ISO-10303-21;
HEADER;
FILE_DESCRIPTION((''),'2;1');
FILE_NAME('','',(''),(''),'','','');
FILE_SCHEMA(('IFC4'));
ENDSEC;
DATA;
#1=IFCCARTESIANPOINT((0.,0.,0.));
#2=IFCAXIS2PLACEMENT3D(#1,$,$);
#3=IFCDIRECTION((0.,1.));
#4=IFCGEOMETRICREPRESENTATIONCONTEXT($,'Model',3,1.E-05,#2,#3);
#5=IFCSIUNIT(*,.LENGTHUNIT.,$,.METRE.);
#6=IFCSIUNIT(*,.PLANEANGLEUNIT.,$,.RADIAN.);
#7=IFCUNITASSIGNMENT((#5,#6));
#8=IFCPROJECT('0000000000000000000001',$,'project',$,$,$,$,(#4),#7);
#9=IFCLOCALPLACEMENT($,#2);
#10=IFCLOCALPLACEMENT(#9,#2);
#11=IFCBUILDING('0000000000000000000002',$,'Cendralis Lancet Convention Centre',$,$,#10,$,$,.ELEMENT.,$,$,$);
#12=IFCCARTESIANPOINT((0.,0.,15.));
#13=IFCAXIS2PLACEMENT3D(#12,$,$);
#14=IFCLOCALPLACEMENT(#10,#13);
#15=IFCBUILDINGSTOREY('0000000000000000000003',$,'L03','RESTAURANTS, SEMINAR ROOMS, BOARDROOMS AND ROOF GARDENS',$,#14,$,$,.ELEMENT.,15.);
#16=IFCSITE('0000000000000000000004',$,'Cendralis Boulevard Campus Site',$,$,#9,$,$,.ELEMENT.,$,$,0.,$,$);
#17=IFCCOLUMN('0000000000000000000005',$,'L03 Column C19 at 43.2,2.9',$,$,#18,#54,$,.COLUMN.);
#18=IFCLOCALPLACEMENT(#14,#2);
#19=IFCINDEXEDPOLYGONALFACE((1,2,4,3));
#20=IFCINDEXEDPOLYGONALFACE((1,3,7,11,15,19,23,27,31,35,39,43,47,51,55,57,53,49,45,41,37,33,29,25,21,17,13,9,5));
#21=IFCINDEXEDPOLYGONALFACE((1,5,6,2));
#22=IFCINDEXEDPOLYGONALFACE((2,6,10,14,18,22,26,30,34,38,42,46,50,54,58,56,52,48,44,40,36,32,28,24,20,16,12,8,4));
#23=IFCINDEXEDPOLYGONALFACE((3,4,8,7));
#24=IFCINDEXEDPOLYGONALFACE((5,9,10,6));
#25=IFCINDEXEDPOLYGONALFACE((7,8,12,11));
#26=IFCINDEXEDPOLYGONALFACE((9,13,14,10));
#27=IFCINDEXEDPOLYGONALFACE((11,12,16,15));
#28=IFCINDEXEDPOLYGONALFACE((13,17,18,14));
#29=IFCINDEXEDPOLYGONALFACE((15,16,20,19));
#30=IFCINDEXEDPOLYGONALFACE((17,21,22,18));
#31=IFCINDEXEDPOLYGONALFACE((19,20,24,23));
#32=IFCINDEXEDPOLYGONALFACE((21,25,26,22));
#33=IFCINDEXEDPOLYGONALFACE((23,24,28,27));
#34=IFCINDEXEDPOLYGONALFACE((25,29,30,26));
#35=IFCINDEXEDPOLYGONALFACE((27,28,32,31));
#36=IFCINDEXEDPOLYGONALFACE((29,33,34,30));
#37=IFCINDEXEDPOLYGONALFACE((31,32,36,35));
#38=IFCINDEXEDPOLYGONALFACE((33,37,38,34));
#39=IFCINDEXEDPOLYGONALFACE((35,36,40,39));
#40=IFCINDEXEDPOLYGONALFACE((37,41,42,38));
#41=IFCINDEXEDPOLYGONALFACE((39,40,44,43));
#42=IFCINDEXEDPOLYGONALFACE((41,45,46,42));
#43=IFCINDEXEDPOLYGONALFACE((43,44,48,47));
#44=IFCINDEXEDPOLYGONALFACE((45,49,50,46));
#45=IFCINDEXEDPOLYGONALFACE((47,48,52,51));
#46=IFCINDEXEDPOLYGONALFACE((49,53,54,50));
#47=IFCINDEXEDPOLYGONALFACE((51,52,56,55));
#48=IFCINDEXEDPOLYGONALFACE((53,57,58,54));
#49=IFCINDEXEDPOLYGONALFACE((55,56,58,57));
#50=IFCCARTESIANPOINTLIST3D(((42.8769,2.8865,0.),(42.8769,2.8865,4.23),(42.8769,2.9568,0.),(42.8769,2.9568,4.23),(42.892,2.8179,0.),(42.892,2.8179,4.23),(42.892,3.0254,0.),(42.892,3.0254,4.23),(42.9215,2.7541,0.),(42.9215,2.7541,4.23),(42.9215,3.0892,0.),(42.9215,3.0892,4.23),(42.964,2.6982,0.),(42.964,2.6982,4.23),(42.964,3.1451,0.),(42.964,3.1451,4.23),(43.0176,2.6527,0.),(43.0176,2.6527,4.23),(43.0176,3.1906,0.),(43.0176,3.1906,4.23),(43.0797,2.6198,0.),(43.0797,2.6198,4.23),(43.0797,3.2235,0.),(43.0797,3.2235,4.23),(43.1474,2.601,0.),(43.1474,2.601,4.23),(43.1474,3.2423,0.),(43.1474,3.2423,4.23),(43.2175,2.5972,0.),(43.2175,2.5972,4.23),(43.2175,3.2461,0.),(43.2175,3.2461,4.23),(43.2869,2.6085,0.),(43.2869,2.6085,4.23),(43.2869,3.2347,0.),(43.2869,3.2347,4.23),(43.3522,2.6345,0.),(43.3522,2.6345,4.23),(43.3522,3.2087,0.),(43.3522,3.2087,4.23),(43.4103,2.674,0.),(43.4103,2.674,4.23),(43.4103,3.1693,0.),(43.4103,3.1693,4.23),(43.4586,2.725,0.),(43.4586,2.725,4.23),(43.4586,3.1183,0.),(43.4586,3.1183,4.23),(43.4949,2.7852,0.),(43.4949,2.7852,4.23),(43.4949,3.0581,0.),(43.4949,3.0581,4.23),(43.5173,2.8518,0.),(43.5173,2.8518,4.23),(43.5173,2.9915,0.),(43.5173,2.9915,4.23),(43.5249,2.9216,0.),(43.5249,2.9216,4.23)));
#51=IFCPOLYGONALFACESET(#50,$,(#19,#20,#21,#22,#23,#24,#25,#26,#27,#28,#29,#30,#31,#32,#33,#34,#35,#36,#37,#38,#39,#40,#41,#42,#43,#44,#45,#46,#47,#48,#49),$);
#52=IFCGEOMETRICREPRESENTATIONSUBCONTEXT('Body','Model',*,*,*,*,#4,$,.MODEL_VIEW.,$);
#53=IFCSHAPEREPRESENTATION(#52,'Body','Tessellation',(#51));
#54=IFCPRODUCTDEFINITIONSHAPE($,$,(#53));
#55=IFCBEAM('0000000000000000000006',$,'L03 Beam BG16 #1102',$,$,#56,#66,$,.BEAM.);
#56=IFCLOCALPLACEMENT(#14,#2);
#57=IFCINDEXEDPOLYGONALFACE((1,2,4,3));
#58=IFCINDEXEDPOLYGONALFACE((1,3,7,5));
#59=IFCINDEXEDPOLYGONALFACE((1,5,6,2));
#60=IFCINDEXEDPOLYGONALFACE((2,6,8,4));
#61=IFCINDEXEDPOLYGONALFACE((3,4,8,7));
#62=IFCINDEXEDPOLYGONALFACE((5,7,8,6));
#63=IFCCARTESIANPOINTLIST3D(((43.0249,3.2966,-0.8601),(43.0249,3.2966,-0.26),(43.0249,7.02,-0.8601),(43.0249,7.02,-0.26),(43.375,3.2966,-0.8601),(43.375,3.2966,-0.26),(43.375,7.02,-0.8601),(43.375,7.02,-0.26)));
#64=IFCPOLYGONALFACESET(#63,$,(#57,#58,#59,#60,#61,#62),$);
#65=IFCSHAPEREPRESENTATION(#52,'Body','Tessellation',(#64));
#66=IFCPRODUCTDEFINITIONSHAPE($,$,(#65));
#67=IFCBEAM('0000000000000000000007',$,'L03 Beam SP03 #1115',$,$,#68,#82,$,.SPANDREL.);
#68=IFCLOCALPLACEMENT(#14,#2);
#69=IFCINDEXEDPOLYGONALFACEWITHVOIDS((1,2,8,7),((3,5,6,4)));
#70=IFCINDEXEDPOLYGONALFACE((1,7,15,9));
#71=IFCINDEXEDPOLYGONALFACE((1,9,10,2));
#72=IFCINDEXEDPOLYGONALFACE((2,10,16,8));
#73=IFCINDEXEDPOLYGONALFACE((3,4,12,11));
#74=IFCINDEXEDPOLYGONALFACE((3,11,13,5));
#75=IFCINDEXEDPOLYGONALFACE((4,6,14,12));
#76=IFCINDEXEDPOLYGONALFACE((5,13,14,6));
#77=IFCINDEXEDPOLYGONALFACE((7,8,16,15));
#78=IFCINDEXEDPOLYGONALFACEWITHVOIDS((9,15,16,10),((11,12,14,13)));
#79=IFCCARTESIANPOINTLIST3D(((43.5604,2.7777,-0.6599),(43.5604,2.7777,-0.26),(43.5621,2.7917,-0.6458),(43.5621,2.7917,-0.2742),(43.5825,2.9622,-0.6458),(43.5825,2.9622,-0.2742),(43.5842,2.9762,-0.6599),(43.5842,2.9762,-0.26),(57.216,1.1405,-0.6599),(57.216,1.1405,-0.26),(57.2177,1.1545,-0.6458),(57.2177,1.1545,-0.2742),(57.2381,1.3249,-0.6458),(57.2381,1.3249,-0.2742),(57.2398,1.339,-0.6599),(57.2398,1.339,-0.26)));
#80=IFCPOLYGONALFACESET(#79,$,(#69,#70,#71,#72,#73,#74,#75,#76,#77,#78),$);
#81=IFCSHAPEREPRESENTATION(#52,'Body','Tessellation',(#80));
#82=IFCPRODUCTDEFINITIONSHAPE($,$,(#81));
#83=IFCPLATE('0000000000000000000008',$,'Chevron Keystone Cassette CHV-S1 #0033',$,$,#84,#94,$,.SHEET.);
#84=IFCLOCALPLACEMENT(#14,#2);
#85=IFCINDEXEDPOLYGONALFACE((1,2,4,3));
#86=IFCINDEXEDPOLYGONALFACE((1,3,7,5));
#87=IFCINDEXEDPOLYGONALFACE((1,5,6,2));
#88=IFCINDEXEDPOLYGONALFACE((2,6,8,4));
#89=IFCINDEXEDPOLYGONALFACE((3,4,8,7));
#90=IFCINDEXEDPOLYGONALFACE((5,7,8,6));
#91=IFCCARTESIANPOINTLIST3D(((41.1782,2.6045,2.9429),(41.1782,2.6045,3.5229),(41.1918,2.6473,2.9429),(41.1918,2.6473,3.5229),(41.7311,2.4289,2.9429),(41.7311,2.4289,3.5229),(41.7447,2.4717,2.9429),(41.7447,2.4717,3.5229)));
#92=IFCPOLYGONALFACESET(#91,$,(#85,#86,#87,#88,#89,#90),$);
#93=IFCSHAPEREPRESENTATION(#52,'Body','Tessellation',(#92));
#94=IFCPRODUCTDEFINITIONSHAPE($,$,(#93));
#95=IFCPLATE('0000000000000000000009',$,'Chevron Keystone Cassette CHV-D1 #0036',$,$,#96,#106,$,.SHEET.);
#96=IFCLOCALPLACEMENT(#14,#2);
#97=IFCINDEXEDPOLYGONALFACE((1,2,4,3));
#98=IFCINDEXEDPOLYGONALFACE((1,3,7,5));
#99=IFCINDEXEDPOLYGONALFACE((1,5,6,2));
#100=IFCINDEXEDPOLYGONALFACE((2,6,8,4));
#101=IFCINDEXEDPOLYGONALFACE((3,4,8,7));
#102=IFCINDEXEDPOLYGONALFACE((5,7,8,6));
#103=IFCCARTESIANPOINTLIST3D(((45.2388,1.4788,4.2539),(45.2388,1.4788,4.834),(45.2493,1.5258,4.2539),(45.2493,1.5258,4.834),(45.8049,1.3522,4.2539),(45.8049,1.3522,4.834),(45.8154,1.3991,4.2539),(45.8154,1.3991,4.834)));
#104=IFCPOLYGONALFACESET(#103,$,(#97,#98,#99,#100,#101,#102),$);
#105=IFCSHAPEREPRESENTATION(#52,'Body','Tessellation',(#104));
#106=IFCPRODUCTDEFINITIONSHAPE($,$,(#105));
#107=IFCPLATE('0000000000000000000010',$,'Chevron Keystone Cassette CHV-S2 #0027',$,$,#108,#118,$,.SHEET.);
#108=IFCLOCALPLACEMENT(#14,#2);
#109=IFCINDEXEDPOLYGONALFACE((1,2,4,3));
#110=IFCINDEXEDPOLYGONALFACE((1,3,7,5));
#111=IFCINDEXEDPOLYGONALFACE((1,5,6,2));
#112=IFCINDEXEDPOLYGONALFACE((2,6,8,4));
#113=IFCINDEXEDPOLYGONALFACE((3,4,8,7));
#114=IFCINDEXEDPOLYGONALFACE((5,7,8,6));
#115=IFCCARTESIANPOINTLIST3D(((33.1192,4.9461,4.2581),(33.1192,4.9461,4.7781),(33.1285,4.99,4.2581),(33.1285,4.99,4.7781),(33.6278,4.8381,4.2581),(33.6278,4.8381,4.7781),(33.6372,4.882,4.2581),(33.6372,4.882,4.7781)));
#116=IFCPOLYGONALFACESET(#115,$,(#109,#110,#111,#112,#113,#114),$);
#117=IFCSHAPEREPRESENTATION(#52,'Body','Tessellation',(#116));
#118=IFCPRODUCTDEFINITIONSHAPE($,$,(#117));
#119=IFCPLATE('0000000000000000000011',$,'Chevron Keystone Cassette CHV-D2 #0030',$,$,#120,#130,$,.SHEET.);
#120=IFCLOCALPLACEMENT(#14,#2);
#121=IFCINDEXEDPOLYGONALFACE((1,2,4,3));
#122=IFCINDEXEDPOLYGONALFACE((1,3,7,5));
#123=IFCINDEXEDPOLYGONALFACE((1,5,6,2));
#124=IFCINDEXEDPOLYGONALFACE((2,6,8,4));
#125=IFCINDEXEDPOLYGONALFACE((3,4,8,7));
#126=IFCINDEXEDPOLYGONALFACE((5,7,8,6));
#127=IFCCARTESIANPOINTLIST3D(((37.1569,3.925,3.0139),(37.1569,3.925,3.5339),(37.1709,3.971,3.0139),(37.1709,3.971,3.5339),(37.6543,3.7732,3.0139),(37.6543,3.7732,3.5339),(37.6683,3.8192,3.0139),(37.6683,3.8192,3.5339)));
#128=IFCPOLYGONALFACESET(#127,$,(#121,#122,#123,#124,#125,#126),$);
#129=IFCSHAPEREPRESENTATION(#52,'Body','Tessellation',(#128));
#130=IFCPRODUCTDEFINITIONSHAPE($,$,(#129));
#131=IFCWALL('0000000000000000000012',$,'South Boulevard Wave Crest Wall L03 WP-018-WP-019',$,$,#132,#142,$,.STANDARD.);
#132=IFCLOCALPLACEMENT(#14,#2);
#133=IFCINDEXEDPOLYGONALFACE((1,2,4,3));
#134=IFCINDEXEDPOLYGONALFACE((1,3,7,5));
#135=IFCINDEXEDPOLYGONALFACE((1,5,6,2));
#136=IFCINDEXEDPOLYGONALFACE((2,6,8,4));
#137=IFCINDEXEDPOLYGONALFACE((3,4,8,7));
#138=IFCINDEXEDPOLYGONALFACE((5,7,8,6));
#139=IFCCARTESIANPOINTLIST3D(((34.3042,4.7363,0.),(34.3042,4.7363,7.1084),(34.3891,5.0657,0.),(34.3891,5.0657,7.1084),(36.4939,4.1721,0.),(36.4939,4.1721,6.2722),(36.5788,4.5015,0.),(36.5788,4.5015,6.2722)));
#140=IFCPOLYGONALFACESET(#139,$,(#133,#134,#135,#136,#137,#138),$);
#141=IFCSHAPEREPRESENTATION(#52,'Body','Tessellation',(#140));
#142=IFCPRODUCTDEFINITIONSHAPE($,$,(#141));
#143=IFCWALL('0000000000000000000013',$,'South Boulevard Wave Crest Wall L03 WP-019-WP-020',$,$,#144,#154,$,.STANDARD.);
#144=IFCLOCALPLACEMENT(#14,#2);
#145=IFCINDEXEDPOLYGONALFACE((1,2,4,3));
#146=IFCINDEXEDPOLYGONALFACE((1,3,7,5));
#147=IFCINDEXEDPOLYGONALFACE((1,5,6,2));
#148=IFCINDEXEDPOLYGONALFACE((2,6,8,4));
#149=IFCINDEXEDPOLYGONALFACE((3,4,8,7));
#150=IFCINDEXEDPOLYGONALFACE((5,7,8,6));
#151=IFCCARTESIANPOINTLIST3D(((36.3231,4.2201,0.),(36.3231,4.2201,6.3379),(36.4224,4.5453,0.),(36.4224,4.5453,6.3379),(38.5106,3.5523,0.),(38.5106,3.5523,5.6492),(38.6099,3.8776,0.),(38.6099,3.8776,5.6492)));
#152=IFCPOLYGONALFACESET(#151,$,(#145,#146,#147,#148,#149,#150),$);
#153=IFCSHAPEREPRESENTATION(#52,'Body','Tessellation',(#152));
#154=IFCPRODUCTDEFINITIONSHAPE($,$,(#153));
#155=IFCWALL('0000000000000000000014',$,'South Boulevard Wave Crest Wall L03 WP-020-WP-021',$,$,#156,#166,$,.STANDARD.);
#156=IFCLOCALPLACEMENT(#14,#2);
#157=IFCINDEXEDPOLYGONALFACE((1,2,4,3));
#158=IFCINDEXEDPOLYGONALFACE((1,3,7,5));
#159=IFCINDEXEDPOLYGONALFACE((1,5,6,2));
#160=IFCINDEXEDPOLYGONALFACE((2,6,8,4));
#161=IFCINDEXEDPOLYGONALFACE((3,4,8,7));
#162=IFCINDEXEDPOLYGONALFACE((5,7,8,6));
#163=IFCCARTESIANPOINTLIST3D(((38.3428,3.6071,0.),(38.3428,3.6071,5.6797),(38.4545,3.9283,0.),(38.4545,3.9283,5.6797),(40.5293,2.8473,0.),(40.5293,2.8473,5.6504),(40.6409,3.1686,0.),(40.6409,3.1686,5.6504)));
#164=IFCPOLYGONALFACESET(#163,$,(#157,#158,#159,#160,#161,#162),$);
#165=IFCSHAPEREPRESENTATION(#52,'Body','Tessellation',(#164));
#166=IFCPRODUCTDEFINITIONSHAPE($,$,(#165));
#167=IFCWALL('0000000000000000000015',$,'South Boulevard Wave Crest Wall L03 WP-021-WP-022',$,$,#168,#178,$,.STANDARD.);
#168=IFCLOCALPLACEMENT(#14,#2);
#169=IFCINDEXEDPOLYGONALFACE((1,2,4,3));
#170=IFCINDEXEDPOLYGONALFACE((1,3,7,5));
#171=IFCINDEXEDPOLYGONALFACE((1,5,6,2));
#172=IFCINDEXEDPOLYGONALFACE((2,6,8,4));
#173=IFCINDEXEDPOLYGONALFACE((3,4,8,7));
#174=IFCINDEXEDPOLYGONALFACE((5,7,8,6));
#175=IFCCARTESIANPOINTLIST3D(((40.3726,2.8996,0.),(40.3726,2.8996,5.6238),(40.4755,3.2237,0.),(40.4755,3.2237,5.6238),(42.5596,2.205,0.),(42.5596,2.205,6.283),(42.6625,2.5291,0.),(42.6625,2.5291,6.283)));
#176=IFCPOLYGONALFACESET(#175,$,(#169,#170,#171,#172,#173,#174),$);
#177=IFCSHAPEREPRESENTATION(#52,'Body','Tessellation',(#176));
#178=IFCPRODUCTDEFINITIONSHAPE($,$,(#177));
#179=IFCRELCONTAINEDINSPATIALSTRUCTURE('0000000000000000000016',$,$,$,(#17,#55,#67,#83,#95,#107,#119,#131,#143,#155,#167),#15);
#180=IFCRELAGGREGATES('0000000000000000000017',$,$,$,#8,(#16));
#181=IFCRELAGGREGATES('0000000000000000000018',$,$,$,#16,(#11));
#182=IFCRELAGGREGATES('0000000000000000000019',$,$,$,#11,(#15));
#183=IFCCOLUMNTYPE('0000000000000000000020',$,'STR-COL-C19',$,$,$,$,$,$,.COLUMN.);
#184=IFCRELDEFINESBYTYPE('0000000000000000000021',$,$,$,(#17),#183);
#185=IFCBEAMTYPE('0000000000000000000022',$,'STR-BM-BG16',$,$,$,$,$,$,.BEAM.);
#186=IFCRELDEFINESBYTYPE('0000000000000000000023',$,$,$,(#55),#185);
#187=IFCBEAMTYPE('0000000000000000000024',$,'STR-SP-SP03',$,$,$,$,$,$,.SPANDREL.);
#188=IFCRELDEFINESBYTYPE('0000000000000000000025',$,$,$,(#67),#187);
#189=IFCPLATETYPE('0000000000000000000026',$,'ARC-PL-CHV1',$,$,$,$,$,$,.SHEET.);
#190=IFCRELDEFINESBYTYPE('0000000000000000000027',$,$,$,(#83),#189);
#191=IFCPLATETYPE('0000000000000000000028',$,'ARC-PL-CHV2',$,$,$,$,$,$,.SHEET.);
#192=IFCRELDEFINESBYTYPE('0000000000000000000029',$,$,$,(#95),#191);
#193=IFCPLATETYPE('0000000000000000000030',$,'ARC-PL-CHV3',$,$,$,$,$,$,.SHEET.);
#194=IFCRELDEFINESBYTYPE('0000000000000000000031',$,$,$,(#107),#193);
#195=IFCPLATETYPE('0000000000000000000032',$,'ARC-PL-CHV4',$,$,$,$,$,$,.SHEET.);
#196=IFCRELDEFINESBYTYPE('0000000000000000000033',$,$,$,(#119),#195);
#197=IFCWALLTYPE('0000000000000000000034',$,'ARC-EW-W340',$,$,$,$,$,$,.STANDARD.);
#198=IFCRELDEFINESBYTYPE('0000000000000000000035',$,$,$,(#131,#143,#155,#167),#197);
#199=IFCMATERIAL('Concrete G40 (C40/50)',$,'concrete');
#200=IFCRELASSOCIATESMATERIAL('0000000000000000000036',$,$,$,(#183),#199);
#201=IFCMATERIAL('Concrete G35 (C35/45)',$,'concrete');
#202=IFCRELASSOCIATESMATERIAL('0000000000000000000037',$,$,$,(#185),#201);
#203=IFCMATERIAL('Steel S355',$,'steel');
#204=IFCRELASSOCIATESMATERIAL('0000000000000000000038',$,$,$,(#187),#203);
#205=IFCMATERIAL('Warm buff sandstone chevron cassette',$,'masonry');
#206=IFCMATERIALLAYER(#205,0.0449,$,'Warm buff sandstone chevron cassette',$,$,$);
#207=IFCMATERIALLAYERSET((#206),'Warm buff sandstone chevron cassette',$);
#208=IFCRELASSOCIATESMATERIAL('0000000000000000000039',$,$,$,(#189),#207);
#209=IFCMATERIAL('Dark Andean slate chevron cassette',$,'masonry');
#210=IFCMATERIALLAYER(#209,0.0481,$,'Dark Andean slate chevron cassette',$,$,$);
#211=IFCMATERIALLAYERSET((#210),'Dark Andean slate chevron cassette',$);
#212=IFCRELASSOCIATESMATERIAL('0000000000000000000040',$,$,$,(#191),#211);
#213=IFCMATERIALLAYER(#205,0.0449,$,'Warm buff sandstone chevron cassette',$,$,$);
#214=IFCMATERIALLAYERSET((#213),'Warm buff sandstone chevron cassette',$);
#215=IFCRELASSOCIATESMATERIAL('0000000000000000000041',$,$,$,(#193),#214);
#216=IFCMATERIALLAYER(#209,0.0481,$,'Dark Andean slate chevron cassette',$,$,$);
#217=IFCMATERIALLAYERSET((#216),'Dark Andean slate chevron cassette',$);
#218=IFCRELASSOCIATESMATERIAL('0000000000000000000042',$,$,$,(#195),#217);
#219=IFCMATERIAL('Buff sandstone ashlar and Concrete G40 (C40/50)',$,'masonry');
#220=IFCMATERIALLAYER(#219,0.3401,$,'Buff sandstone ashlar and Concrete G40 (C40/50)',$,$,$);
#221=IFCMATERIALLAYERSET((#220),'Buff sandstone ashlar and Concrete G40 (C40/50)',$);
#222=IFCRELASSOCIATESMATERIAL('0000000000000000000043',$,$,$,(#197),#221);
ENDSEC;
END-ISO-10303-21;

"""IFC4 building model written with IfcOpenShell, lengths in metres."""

from ifc_helpers import new_model, si_unit, direction, frame, origin, origin_2d, place, context, subcontext, project, spatial, polyline, rectangle, hollow_rectangle, circle, outline, extrude, material, layer, layer_set, material_profile, profile_set, type_object, element, save


model = new_model("IFC4")

# Units and contexts
model_context = context("Model", 3, precision=1e-05, world=origin(), true_north=direction((0.0, 1.0)))
body_context = subcontext(model_context, "Body", "Model", "MODEL_VIEW")
ifc_project = project(units=[si_unit("LENGTHUNIT", "METRE"), si_unit("PLANEANGLEUNIT", "RADIAN")], contexts=[model_context])

# Site, building, storey
site_placement = place(None, origin())
site = spatial("IfcSite", under=ifc_project, at=site_placement, Name="Cendralis Boulevard Campus Site", CompositionType="ELEMENT", RefElevation=0.0)
building_placement = place(site_placement, origin())
building = spatial("IfcBuilding", under=site, at=building_placement, Name="Cendralis Lancet Convention Centre", CompositionType="ELEMENT")
storey_placement = place(building_placement, frame((0.0, 0.0, 15.0)))
storey = spatial("IfcBuildingStorey", under=building, at=storey_placement, Name="L03", Description="RESTAURANTS, SEMINAR ROOMS, BOARDROOMS AND ROOF GARDENS", CompositionType="ELEMENT", Elevation=15.0)

# Column
ifc_material_1 = material(Name="Concrete G40 (C40/50)", Category="concrete")
ifc_material_profile_1 = material_profile(ifc_material_1, circle(Radius=0.325, at=origin_2d()), Name="RC D650")
ifc_profile_set_1 = profile_set([ifc_material_profile_1], Name="Concrete G40 (C40/50)")
column_type = type_object("IfcColumnType", Name="STR-COL-C19", PredefinedType="COLUMN", material=ifc_profile_set_1)
column_placement = place(storey_placement, frame((43.2, 2.9216, 0.0), z_axis=(0.0, 0.0, 1.0), x_axis=(1.0, 0.0, 0.0)))
element("IfcColumn", 1, at=column_placement, inside=storey, type_object=column_type, Name="L03 Column C19 at 43.2,2.9", PredefinedType="COLUMN", context=body_context, shape_type="SweptSolid", body=[
    extrude(circle(Radius=0.325, at=origin_2d()), origin(), (0.0, 0.0, 1.0), 4.23),
])

# Beams
ifc_material_2 = material(Name="Concrete G35 (C35/45)", Category="concrete")
ifc_material_profile_2 = material_profile(ifc_material_2, rectangle(XDim=0.3501, YDim=0.6001, at=origin_2d()), Name="RCB 350x600")
ifc_profile_set_2 = profile_set([ifc_material_profile_2], Name="Concrete G35 (C35/45)")
beam_type_1 = type_object("IfcBeamType", Name="STR-BM-BG16", PredefinedType="BEAM", material=ifc_profile_set_2)
beam_1_placement = place(storey_placement, frame((43.2, 3.2966, -0.5601), z_axis=(0.0, 1.0, 0.0), x_axis=(-1.0, 0.0, 0.0)))
element("IfcBeam", 2, at=beam_1_placement, inside=storey, type_object=beam_type_1, Name="L03 Beam BG16 #1102", PredefinedType="BEAM", context=body_context, shape_type="SweptSolid", body=[
    extrude(rectangle(XDim=0.3501, YDim=0.6001, at=origin_2d()), origin(), (0.0, 0.0, 1.0), 3.7234),
])
ifc_material_3 = material(Name="Steel S355", Category="steel")
ifc_material_profile_3 = material_profile(ifc_material_3, hollow_rectangle(XDim=0.2, YDim=0.3999, WallThickness=0.0142, at=origin_2d()), Name="RHS 400x200x14.2")
ifc_profile_set_3 = profile_set([ifc_material_profile_3], Name="Steel S355")
beam_type_2 = type_object("IfcBeamType", Name="STR-SP-SP03", PredefinedType="SPANDREL", material=ifc_profile_set_3)
beam_2_placement = place(storey_placement, frame((43.5723, 2.877, -0.46), z_axis=(0.992889, -0.119041, 0.0), x_axis=(0.119041, 0.992889, 0.0)))
element("IfcBeam", 3, at=beam_2_placement, inside=storey, type_object=beam_type_2, Name="L03 Beam SP03 #1115", PredefinedType="SPANDREL", context=body_context, shape_type="SweptSolid", body=[
    extrude(hollow_rectangle(XDim=0.2, YDim=0.3999, WallThickness=0.0142, at=origin_2d()), origin(), (0.0, 0.0, 1.0), 13.7534),
])

# Plates
ifc_material_4 = material(Name="Warm buff sandstone chevron cassette", Category="masonry")
ifc_layer_1 = layer(ifc_material_4, 0.0449, Name="Warm buff sandstone chevron cassette")
ifc_layer_set_1 = layer_set([ifc_layer_1], Name="Warm buff sandstone chevron cassette")
plate_type_1 = type_object("IfcPlateType", Name="ARC-PL-CHV1", PredefinedType="SHEET", material=ifc_layer_set_1)
plate_1_placement = place(storey_placement, frame((41.4614, 2.5381, 2.9429), z_axis=(0.0, 0.0, 1.0), x_axis=(0.953106, -0.302636, 0.0)))
element("IfcPlate", 4, at=plate_1_placement, inside=storey, type_object=plate_type_1, Name="Chevron Keystone Cassette CHV-S1 #0033", PredefinedType="SHEET", context=body_context, shape_type="SweptSolid", body=[
    extrude(rectangle(XDim=0.5801, YDim=0.0449, at=origin_2d()), origin(), (0.0, 0.0, 1.0), 0.5801),
])
ifc_material_5 = material(Name="Dark Andean slate chevron cassette", Category="masonry")
ifc_layer_2 = layer(ifc_material_5, 0.0481, Name="Dark Andean slate chevron cassette")
ifc_layer_set_2 = layer_set([ifc_layer_2], Name="Dark Andean slate chevron cassette")
plate_type_2 = type_object("IfcPlateType", Name="ARC-PL-CHV2", PredefinedType="SHEET", material=ifc_layer_set_2)
plate_2_placement = place(storey_placement, frame((45.5271, 1.439, 4.2539), z_axis=(0.0, 0.0, 1.0), x_axis=(0.975879, -0.218314, 0.0)))
element("IfcPlate", 5, at=plate_2_placement, inside=storey, type_object=plate_type_2, Name="Chevron Keystone Cassette CHV-D1 #0036", PredefinedType="SHEET", context=body_context, shape_type="SweptSolid", body=[
    extrude(rectangle(XDim=0.5801, YDim=0.0481, at=origin_2d()), origin(), (0.0, 0.0, 1.0), 0.5801),
])
ifc_layer_3 = layer(ifc_material_4, 0.0449, Name="Warm buff sandstone chevron cassette")
ifc_layer_set_3 = layer_set([ifc_layer_3], Name="Warm buff sandstone chevron cassette")
plate_type_3 = type_object("IfcPlateType", Name="ARC-PL-CHV3", PredefinedType="SHEET", material=ifc_layer_set_3)
plate_3_placement = place(storey_placement, frame((33.3782, 4.9141, 4.2581), z_axis=(0.0, 0.0, 1.0), x_axis=(0.978191, -0.207707, 0.0)))
element("IfcPlate", 6, at=plate_3_placement, inside=storey, type_object=plate_type_3, Name="Chevron Keystone Cassette CHV-S2 #0027", PredefinedType="SHEET", context=body_context, shape_type="SweptSolid", body=[
    extrude(rectangle(XDim=0.52, YDim=0.0449, at=origin_2d()), origin(), (0.0, 0.0, 1.0), 0.52),
])
ifc_layer_4 = layer(ifc_material_5, 0.0481, Name="Dark Andean slate chevron cassette")
ifc_layer_set_4 = layer_set([ifc_layer_4], Name="Dark Andean slate chevron cassette")
plate_type_4 = type_object("IfcPlateType", Name="ARC-PL-CHV4", PredefinedType="SHEET", material=ifc_layer_set_4)
plate_4_placement = place(storey_placement, frame((37.4126, 3.8721, 3.0139), z_axis=(0.0, 0.0, 1.0), x_axis=(0.956453, -0.291888, 0.0)))
element("IfcPlate", 7, at=plate_4_placement, inside=storey, type_object=plate_type_4, Name="Chevron Keystone Cassette CHV-D2 #0030", PredefinedType="SHEET", context=body_context, shape_type="SweptSolid", body=[
    extrude(rectangle(XDim=0.52, YDim=0.0481, at=origin_2d()), origin(), (0.0, 0.0, 1.0), 0.52),
])

# Walls
ifc_material_6 = material(Name="Buff sandstone ashlar and Concrete G40 (C40/50)", Category="masonry")
ifc_layer_5 = layer(ifc_material_6, 0.3401, Name="Buff sandstone ashlar and Concrete G40 (C40/50)")
ifc_layer_set_5 = layer_set([ifc_layer_5], Name="Buff sandstone ashlar and Concrete G40 (C40/50)")
wall_type_1 = type_object("IfcWallType", Name="ARC-EW-W340", PredefinedType="STANDARD", material=ifc_layer_set_5)
wall_1_placement = place(storey_placement, frame((34.3467, 4.9011, 0.0), z_axis=(0.0, 0.0, 1.0), x_axis=(0.968371, -0.249516, 0.0)))
element("IfcWall", 8, at=wall_1_placement, inside=storey, type_object=wall_type_1, Name="South Boulevard Wave Crest Wall L03 WP-018-WP-019", PredefinedType="STANDARD", context=body_context, shape_type="SweptSolid", body=[
    extrude(outline(polyline([(0.0, 0.0), (2.2612, 0.0), (2.2612, 6.2722), (0.0, 7.1084), (0.0, 0.0)])), frame((0.0, 0.1699, 0.0), z_axis=(0.0, -1.0, 0.0), x_axis=(1.0, 0.0, 0.0)), (0.0, 0.0, 1.0), 0.3401),
])
wall_2_placement = place(storey_placement, frame((36.3728, 4.3828, 0.0), z_axis=(0.0, 0.0, 1.0), x_axis=(0.956434, -0.291947, 0.0)))
element("IfcWall", 9, at=wall_2_placement, inside=storey, type_object=wall_type_1, Name="South Boulevard Wave Crest Wall L03 WP-019-WP-020", PredefinedType="STANDARD", context=body_context, shape_type="SweptSolid", body=[
    extrude(outline(polyline([(0.0, 0.0), (2.2871, 0.0), (2.2871, 5.6492), (0.0, 6.3379), (0.0, 0.0)])), frame((0.0, 0.1699, 0.0), z_axis=(0.0, -1.0, 0.0), x_axis=(1.0, 0.0, 0.0)), (0.0, 0.0, 1.0), 0.3401),
])
wall_3_placement = place(storey_placement, frame((38.3987, 3.7678, 0.0), z_axis=(0.0, 0.0, 1.0), x_axis=(0.944599, -0.328226, 0.0)))
element("IfcWall", 10, at=wall_3_placement, inside=storey, type_object=wall_type_1, Name="South Boulevard Wave Crest Wall L03 WP-020-WP-021", PredefinedType="STANDARD", context=body_context, shape_type="SweptSolid", body=[
    extrude(outline(polyline([(0.0, 0.0), (2.3147, 0.0), (2.3147, 5.6504), (0.0, 5.6797), (0.0, 0.0)])), frame((0.0, 0.1699, 0.0), z_axis=(0.0, -1.0, 0.0), x_axis=(1.0, 0.0, 0.0)), (0.0, 0.0, 1.0), 0.3401),
])
wall_4_placement = place(storey_placement, frame((40.4241, 3.0618, 0.0), z_axis=(0.0, 0.0, 1.0), x_axis=(0.953088, -0.302694, 0.0)))
element("IfcWall", 11, at=wall_4_placement, inside=storey, type_object=wall_type_1, Name="South Boulevard Wave Crest Wall L03 WP-021-WP-022", PredefinedType="STANDARD", context=body_context, shape_type="SweptSolid", body=[
    extrude(outline(polyline([(0.0, 0.0), (2.2947, 0.0), (2.2947, 6.283), (0.0, 5.6238), (0.0, 0.0)])), frame((0.0, 0.1699, 0.0), z_axis=(0.0, -1.0, 0.0), x_axis=(1.0, 0.0, 0.0)), (0.0, 0.0, 1.0), 0.3401),
])

save(model, "model.ifc")
